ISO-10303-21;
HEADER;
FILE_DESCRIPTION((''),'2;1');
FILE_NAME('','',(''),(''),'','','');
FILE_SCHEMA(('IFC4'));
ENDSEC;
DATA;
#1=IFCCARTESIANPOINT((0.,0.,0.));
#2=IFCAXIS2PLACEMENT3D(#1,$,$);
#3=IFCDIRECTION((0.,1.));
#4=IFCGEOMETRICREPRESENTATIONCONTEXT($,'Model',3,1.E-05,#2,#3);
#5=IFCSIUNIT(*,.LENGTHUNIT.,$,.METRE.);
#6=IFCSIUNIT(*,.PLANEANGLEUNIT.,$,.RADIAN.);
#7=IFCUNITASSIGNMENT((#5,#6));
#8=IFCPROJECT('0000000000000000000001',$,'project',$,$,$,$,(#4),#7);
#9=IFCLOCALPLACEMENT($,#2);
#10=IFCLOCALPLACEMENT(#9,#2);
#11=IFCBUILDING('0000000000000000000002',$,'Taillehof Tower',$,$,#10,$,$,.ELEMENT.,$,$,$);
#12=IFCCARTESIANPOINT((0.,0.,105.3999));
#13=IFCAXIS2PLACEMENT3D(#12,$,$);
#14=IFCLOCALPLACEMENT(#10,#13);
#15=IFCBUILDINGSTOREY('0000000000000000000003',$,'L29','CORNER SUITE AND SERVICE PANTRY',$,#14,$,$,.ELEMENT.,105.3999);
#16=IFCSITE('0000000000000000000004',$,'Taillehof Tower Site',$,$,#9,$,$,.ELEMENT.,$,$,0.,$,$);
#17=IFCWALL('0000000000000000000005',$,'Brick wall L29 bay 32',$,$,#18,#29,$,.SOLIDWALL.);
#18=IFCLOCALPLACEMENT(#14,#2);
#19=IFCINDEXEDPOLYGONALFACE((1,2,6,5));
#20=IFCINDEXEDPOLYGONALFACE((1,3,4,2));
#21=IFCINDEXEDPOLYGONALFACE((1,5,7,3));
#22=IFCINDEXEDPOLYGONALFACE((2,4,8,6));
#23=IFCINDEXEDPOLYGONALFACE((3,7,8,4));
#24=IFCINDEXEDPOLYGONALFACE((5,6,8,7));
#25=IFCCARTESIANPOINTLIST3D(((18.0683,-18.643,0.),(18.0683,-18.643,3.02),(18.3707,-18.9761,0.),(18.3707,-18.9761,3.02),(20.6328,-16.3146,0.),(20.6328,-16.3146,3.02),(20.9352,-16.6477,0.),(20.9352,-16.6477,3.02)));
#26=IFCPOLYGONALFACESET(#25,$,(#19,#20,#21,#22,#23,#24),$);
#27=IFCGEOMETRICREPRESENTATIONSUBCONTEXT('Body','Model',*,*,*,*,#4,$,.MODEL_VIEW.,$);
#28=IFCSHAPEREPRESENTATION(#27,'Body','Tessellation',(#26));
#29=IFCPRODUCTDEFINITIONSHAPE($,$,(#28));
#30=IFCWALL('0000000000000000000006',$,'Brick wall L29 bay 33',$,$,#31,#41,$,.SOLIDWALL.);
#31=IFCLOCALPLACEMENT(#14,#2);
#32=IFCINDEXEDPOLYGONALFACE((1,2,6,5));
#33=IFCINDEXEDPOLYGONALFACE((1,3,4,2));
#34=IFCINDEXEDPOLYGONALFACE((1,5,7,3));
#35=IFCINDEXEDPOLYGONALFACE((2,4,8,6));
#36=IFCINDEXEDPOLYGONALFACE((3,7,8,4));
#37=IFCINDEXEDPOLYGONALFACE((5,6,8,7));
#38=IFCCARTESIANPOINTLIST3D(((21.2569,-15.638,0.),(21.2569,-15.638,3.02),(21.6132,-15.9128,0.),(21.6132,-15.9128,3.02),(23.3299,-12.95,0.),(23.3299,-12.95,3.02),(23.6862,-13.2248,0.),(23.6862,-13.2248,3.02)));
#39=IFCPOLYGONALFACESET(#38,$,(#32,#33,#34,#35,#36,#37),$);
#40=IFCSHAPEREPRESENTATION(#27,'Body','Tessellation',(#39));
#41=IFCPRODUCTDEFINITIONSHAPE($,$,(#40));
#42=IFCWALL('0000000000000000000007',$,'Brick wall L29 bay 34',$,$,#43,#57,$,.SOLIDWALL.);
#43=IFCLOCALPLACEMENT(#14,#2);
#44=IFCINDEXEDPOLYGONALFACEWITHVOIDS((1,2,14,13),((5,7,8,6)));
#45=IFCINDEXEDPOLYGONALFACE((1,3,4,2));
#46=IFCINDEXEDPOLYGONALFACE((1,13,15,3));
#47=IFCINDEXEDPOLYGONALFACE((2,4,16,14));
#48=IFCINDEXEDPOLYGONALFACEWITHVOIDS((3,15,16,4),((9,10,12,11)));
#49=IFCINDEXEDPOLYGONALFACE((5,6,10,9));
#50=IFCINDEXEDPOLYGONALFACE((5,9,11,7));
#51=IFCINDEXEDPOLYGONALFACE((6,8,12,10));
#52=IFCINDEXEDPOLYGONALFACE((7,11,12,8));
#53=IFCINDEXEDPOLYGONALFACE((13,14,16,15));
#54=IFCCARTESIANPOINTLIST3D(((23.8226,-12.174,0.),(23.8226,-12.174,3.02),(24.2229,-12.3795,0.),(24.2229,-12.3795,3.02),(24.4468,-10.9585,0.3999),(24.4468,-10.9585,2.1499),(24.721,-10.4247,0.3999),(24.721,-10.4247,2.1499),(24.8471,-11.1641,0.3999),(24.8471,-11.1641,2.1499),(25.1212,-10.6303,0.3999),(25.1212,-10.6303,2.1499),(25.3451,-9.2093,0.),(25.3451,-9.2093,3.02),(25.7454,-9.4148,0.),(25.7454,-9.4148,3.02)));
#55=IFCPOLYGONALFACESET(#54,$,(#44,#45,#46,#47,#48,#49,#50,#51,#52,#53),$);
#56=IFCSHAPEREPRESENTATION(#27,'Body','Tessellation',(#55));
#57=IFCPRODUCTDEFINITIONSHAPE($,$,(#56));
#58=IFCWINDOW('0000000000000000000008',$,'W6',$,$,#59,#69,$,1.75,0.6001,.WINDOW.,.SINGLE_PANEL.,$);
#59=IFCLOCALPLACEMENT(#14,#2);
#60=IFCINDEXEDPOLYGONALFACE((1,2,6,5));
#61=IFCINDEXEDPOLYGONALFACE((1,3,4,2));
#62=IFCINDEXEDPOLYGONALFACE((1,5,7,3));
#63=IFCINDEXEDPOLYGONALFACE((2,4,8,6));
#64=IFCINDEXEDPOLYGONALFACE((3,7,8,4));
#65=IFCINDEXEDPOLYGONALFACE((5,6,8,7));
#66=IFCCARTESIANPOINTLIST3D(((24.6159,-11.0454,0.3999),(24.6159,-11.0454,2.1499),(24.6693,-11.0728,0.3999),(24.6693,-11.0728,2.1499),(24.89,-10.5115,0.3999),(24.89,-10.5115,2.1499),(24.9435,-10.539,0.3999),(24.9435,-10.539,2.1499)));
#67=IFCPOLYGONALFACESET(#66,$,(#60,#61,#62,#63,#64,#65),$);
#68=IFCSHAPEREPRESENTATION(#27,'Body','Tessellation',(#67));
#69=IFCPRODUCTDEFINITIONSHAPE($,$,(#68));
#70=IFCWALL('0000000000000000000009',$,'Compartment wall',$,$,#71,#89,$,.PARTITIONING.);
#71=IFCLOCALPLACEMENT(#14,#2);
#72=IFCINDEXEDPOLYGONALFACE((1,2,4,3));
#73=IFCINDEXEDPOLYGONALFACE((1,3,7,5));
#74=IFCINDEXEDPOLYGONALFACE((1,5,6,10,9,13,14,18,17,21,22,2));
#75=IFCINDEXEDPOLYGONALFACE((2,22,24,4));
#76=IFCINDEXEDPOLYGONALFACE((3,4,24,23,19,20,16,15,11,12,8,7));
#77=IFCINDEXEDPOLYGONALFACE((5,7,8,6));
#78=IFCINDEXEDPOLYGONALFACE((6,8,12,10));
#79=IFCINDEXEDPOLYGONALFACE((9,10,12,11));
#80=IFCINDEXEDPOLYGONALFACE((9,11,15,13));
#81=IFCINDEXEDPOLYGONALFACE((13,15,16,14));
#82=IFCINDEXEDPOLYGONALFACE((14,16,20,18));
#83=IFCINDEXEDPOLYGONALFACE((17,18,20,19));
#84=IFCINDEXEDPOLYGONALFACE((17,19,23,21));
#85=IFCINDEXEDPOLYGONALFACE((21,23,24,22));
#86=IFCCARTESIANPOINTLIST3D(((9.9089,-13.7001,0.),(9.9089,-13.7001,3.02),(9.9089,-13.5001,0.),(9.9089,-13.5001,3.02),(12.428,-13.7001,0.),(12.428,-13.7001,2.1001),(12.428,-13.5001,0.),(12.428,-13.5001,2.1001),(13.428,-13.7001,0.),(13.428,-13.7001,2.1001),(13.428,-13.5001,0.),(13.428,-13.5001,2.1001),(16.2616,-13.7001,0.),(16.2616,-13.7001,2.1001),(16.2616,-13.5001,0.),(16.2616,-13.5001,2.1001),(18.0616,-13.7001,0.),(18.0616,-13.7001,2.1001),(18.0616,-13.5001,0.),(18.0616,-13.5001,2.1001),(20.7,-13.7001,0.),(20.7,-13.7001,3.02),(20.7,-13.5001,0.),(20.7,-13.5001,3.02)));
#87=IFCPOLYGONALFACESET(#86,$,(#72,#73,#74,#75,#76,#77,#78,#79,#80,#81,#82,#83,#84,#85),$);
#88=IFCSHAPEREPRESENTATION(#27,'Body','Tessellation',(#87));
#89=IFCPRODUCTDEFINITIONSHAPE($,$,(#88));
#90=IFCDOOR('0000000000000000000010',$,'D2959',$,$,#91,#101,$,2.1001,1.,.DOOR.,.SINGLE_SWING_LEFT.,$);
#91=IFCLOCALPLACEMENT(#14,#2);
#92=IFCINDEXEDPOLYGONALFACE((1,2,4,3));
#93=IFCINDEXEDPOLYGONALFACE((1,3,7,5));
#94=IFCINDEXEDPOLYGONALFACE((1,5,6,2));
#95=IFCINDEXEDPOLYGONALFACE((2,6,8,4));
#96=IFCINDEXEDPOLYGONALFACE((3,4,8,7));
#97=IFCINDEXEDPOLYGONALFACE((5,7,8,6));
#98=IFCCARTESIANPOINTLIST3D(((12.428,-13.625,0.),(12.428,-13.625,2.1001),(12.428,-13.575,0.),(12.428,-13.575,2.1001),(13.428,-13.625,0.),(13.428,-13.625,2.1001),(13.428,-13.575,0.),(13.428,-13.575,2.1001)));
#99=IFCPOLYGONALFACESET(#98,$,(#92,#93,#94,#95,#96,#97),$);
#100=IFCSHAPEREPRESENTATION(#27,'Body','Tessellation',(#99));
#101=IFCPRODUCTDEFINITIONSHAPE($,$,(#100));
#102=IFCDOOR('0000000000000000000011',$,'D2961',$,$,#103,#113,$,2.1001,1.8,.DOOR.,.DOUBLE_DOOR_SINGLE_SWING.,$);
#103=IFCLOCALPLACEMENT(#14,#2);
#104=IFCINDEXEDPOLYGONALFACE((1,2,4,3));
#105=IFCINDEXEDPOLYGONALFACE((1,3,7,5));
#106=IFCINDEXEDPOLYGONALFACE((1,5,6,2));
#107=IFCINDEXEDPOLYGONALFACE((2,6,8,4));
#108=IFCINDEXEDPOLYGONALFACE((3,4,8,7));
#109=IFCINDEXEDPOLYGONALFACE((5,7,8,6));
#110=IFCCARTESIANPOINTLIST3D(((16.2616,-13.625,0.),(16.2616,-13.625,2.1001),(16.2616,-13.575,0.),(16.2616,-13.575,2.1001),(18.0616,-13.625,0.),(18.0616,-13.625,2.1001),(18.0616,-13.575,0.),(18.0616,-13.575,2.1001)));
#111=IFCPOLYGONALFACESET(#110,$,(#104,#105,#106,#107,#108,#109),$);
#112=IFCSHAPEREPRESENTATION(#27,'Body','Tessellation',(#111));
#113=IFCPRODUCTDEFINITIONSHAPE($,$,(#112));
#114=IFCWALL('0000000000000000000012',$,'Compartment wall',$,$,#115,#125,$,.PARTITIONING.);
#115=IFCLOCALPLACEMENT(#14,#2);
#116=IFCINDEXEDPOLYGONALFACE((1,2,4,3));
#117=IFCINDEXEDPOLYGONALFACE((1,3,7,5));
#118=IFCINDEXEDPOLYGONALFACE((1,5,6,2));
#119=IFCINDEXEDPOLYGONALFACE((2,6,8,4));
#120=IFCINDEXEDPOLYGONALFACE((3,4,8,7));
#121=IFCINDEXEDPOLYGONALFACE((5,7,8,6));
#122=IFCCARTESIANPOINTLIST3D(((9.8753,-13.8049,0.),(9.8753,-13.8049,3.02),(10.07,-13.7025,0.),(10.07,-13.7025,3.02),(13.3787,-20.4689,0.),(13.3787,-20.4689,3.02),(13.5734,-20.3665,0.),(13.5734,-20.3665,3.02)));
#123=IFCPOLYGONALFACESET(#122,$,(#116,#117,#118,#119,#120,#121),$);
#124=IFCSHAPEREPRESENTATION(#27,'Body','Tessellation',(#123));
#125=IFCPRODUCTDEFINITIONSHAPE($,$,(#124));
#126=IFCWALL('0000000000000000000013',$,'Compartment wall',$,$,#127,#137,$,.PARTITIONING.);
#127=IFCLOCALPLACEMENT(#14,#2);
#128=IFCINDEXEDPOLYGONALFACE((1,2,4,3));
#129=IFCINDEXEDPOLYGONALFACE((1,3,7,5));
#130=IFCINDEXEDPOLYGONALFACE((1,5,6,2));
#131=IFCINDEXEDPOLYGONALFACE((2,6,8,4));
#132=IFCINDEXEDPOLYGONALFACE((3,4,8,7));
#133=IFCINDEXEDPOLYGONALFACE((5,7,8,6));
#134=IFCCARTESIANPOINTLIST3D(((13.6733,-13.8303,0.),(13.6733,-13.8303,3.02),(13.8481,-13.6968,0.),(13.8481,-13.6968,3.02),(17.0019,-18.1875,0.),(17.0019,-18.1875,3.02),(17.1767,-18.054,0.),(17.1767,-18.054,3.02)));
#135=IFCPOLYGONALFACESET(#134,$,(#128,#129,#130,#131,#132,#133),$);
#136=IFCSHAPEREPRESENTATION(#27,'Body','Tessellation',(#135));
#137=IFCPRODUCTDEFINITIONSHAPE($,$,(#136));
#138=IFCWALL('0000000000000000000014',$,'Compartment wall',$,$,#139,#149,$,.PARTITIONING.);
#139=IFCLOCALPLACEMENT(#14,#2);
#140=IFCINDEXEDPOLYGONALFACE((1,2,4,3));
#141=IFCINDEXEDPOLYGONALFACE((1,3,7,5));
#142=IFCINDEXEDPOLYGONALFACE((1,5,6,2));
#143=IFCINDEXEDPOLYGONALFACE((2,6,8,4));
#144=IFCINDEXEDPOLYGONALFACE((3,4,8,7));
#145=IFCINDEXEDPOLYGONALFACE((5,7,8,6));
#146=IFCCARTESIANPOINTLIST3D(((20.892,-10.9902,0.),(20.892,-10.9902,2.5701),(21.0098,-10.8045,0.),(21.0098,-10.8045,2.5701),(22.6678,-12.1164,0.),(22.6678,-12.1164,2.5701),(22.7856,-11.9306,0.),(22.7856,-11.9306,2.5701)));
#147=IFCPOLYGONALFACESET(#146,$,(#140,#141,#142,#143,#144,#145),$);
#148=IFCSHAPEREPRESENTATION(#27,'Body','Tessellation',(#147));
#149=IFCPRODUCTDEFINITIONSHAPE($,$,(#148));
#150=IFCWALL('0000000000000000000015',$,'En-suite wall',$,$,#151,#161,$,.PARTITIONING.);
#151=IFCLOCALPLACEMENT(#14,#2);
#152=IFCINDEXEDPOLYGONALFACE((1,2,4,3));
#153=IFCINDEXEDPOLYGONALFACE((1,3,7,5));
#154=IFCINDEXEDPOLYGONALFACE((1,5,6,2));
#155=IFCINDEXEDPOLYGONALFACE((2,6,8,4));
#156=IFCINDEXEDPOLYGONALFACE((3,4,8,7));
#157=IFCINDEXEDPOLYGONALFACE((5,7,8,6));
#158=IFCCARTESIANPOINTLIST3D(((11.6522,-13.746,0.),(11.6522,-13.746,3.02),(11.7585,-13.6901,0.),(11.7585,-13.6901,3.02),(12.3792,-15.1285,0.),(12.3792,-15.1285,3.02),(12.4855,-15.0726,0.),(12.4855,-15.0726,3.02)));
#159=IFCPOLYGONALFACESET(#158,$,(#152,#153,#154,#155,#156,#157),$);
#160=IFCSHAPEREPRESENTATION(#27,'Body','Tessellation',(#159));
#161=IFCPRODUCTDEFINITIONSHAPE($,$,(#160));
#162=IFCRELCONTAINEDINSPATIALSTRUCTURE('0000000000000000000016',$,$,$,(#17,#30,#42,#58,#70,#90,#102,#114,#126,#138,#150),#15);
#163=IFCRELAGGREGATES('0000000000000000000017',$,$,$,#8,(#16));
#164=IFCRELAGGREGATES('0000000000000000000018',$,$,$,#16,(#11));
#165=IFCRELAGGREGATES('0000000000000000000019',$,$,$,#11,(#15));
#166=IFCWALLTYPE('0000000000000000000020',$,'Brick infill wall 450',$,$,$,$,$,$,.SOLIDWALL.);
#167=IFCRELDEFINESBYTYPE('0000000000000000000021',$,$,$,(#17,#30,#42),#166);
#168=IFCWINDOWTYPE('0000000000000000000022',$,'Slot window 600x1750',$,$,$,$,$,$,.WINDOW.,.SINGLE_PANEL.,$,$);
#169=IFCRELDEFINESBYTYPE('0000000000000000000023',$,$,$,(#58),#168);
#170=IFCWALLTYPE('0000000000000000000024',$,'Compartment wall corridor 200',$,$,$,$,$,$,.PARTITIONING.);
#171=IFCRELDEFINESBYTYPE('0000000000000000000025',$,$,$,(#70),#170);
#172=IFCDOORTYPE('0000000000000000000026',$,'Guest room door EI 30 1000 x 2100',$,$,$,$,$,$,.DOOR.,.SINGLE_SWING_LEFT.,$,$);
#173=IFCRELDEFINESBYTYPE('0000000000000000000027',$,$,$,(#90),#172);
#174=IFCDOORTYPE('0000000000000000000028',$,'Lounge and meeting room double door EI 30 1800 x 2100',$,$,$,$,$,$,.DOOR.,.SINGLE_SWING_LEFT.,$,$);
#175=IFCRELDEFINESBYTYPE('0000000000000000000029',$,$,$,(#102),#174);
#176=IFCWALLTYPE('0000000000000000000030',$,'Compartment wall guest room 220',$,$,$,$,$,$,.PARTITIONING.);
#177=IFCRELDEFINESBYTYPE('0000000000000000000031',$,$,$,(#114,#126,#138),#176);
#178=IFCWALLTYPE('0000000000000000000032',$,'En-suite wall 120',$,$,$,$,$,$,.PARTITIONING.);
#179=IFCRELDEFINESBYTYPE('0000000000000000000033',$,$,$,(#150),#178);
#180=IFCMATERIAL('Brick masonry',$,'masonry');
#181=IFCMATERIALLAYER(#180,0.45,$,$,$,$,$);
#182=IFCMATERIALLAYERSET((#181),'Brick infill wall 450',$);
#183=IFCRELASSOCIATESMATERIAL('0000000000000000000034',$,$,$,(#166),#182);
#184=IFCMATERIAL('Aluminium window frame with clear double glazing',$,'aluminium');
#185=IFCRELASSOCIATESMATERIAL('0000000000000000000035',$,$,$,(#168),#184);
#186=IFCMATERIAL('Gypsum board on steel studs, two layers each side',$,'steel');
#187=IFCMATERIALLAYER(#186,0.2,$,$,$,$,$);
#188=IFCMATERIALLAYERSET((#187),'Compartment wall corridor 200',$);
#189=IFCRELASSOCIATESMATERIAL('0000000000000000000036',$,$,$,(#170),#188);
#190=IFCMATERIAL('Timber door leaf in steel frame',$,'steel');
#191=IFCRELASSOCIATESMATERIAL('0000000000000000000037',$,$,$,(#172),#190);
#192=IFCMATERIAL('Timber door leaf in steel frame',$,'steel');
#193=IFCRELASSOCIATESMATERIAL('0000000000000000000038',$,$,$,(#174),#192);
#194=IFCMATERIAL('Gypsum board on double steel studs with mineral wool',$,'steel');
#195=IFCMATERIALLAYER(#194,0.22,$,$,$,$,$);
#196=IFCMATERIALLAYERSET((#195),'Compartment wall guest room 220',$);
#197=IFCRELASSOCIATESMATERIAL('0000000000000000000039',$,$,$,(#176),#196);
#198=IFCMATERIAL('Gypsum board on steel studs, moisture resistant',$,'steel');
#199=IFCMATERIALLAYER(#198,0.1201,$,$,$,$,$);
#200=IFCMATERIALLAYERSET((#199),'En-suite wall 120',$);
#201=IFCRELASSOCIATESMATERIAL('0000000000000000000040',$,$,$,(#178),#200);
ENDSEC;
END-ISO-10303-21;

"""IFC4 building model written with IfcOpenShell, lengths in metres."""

from ifc_helpers import new_model, si_unit, direction, frame, frame_2d, origin, place, context, subcontext, project, spatial, rectangle, extrude, material, layer, layer_set, type_object, element, fill, save


model = new_model("IFC4")

# Units and contexts
model_context = context("Model", 3, precision=1e-05, world=origin(), true_north=direction((0.0, 1.0)))
body_context = subcontext(model_context, "Body", "Model", "MODEL_VIEW")
ifc_project = project(units=[si_unit("LENGTHUNIT", "METRE"), si_unit("PLANEANGLEUNIT", "RADIAN")], contexts=[model_context])

# Site, building, storey
site_placement = place(None, origin())
site = spatial("IfcSite", under=ifc_project, at=site_placement, Name="Taillehof Tower Site", CompositionType="ELEMENT", RefElevation=0.0)
building_placement = place(site_placement, origin())
building = spatial("IfcBuilding", under=site, at=building_placement, Name="Taillehof Tower", CompositionType="ELEMENT")
storey_placement = place(building_placement, frame((0.0, 0.0, 105.3999)))
storey = spatial("IfcBuildingStorey", under=building, at=storey_placement, Name="L29", Description="CORNER SUITE AND SERVICE PANTRY", CompositionType="ELEMENT", Elevation=105.3999)

# Shared definitions
ifc_material_1 = material(Name="Brick masonry", Category="masonry")
ifc_layer_1 = layer(ifc_material_1, 0.45)
ifc_layer_set_1 = layer_set([ifc_layer_1], Name="Brick infill wall 450")
wall_type_1 = type_object("IfcWallType", Name="Brick infill wall 450", PredefinedType="SOLIDWALL", material=ifc_layer_set_1)

# Walls
wall_1_placement = place(storey_placement, frame((18.2195, -18.8096, 0.0), z_axis=(0.0, 0.0, 1.0), x_axis=(0.740364, 0.672206, 0.0)))
element("IfcWall", 1, at=wall_1_placement, inside=storey, type_object=wall_type_1, Name="Brick wall L29 bay 32", PredefinedType="SOLIDWALL", context=body_context, shape_type="SweptSolid", body=[
    extrude(rectangle(XDim=3.4639, YDim=0.45, at=frame_2d((1.7319, 0.0))), origin(), (0.0, 0.0, 1.0), 3.02),
])
wall_2_placement = place(storey_placement, frame((21.4351, -15.7754, 0.0), z_axis=(0.0, 0.0, 1.0), x_axis=(0.610694, 0.791867, 0.0)))
element("IfcWall", 2, at=wall_2_placement, inside=storey, type_object=wall_type_1, Name="Brick wall L29 bay 33", PredefinedType="SOLIDWALL", context=body_context, shape_type="SweptSolid", body=[
    extrude(rectangle(XDim=3.3945, YDim=0.45, at=frame_2d((1.6973, 0.0))), origin(), (0.0, 0.0, 1.0), 3.02),
])

# Wall, opening, window
wall_3_placement = place(storey_placement, frame((24.0227, -12.2769, 0.0), z_axis=(0.0, 0.0, 1.0), x_axis=(0.456828, 0.889555, 0.0)))
wall_3 = element("IfcWall", 3, at=wall_3_placement, inside=storey, type_object=wall_type_1, Name="Brick wall L29 bay 34", PredefinedType="SOLIDWALL", context=body_context, shape_type="SweptSolid", body=[
    extrude(rectangle(XDim=3.3328, YDim=0.45, at=frame_2d((1.6665, 0.0))), origin(), (0.0, 0.0, 1.0), 3.02),
])
opening_1_placement = place(wall_3_placement, frame((1.3665, 0.0, 0.3999)))
opening_1 = element("IfcOpeningElement", 4, at=opening_1_placement, cuts=wall_3, PredefinedType="OPENING", context=body_context, shape_type="SweptSolid", body=[
    extrude(rectangle(XDim=0.6001, YDim=1.75, at=frame_2d((0.3, 0.875))), frame((0.0, 0.2349, 0.0), z_axis=(0.0, -1.0, 0.0), x_axis=(1.0, 0.0, 0.0)), (0.0, 0.0, 1.0), 0.47),
])
ifc_material_2 = material(Name="Aluminium window frame with clear double glazing", Category="aluminium")
window_type_1 = type_object("IfcWindowType", Name="Slot window 600x1750", PartitioningType="SINGLE_PANEL", PredefinedType="WINDOW", material=ifc_material_2)
window_1_placement = place(opening_1_placement, origin())
window_1 = element("IfcWindow", 5, at=window_1_placement, inside=storey, type_object=window_type_1, Name="W6", OverallHeight=1.75, OverallWidth=0.6001, PartitioningType="SINGLE_PANEL", PredefinedType="WINDOW", context=body_context, shape_type="SweptSolid", body=[
    extrude(rectangle(XDim=0.6001, YDim=1.75, at=frame_2d((0.3, 0.875))), frame((0.0, 0.0349, 0.0), z_axis=(0.0, -1.0, 0.0), x_axis=(1.0, 0.0, 0.0)), (0.0, 0.0, 1.0), 0.0601),
])
fill(opening_1, window_1)

# Wall, openings, doors
ifc_material_3 = material(Name="Gypsum board on steel studs, two layers each side", Category="steel")
ifc_layer_2 = layer(ifc_material_3, 0.2)
ifc_layer_set_2 = layer_set([ifc_layer_2], Name="Compartment wall corridor 200")
wall_type_2 = type_object("IfcWallType", Name="Compartment wall corridor 200", PredefinedType="PARTITIONING", material=ifc_layer_set_2)
wall_4_placement = place(storey_placement, frame((20.7, -13.6001, 0.0), z_axis=(0.0, 0.0, 1.0), x_axis=(-1.0, 0.0, 0.0)))
wall_4 = element("IfcWall", 6, at=wall_4_placement, inside=storey, type_object=wall_type_2, Name="Compartment wall", PredefinedType="PARTITIONING", context=body_context, shape_type="SweptSolid", body=[
    extrude(rectangle(XDim=10.791, YDim=0.2, at=frame_2d((5.3955, 0.0))), origin(), (0.0, 0.0, 1.0), 3.02),
])
opening_2_placement = place(wall_4_placement, frame((7.272, 0.0, 0.0)))
opening_2 = element("IfcOpeningElement", 7, at=opening_2_placement, cuts=wall_4, PredefinedType="OPENING", context=body_context, shape_type="SweptSolid", body=[
    extrude(rectangle(XDim=1.0, YDim=2.1001, at=frame_2d((0.5, 1.05))), frame((0.0, 0.1099, 0.0), z_axis=(0.0, -1.0, 0.0), x_axis=(1.0, 0.0, 0.0)), (0.0, 0.0, 1.0), 0.22),
])
opening_3_placement = place(wall_4_placement, frame((2.6384, 0.0, 0.0)))
opening_3 = element("IfcOpeningElement", 8, at=opening_3_placement, cuts=wall_4, PredefinedType="OPENING", context=body_context, shape_type="SweptSolid", body=[
    extrude(rectangle(XDim=1.8, YDim=2.1001, at=frame_2d((0.8999, 1.05))), frame((0.0, 0.1099, 0.0), z_axis=(0.0, -1.0, 0.0), x_axis=(1.0, 0.0, 0.0)), (0.0, 0.0, 1.0), 0.22),
])
ifc_material_4 = material(Name="Timber door leaf in steel frame", Category="steel")
door_type_1 = type_object("IfcDoorType", Name="Guest room door EI 30 1000 x 2100", OperationType="SINGLE_SWING_LEFT", PredefinedType="DOOR", material=ifc_material_4)
door_1_placement = place(opening_2_placement, origin())
door_1 = element("IfcDoor", 9, at=door_1_placement, inside=storey, type_object=door_type_1, Name="D2959", OperationType="SINGLE_SWING_LEFT", OverallHeight=2.1001, OverallWidth=1.0, PredefinedType="DOOR", context=body_context, shape_type="SweptSolid", body=[
    extrude(rectangle(XDim=1.0, YDim=2.1001, at=frame_2d((0.5, 1.05))), frame((0.0, 0.0249, 0.0), z_axis=(0.0, -1.0, 0.0), x_axis=(1.0, 0.0, 0.0)), (0.0, 0.0, 1.0), 0.05),
])
fill(opening_2, door_1)
ifc_material_5 = material(Name="Timber door leaf in steel frame", Category="steel")
door_type_2 = type_object("IfcDoorType", Name="Lounge and meeting room double door EI 30 1800 x 2100", OperationType="SINGLE_SWING_LEFT", PredefinedType="DOOR", material=ifc_material_5)
door_2_placement = place(opening_3_placement, origin())
door_2 = element("IfcDoor", 10, at=door_2_placement, inside=storey, type_object=door_type_2, Name="D2961", OperationType="DOUBLE_DOOR_SINGLE_SWING", OverallHeight=2.1001, OverallWidth=1.8, PredefinedType="DOOR", context=body_context, shape_type="SweptSolid", body=[
    extrude(rectangle(XDim=1.8, YDim=2.1001, at=frame_2d((0.8999, 1.05))), frame((0.0, 0.0249, 0.0), z_axis=(0.0, -1.0, 0.0), x_axis=(1.0, 0.0, 0.0)), (0.0, 0.0, 1.0), 0.05),
])
fill(opening_3, door_2)

# Walls
ifc_material_6 = material(Name="Gypsum board on double steel studs with mineral wool", Category="steel")
ifc_layer_3 = layer(ifc_material_6, 0.22)
ifc_layer_set_3 = layer_set([ifc_layer_3], Name="Compartment wall guest room 220")
wall_type_3 = type_object("IfcWallType", Name="Compartment wall guest room 220", PredefinedType="PARTITIONING", material=ifc_layer_set_3)
wall_5_placement = place(storey_placement, frame((13.4761, -20.4177, 0.0), z_axis=(0.0, 0.0, 1.0), x_axis=(-0.465332, 0.885136, 0.0)))
element("IfcWall", 11, at=wall_5_placement, inside=storey, type_object=wall_type_3, Name="Compartment wall", PredefinedType="PARTITIONING", context=body_context, shape_type="SweptSolid", body=[
    extrude(rectangle(XDim=7.5288, YDim=0.22, at=frame_2d((3.7644, 0.0))), origin(), (0.0, 0.0, 1.0), 3.02),
])
wall_6_placement = place(storey_placement, frame((17.0894, -18.1208, 0.0), z_axis=(0.0, 0.0, 1.0), x_axis=(-0.607065, 0.794652, 0.0)))
element("IfcWall", 12, at=wall_6_placement, inside=storey, type_object=wall_type_3, Name="Compartment wall", PredefinedType="PARTITIONING", context=body_context, shape_type="SweptSolid", body=[
    extrude(rectangle(XDim=5.4832, YDim=0.22, at=frame_2d((2.7417, 0.0))), origin(), (0.0, 0.0, 1.0), 3.02),
])
wall_7_placement = place(storey_placement, frame((22.7266, -12.0234, 0.0), z_axis=(0.0, 0.0, 1.0), x_axis=(-0.844497, 0.53556, 0.0)))
element("IfcWall", 13, at=wall_7_placement, inside=storey, type_object=wall_type_3, Name="Compartment wall", PredefinedType="PARTITIONING", context=body_context, shape_type="SweptSolid", body=[
    extrude(rectangle(XDim=2.1028, YDim=0.22, at=frame_2d((1.0513, 0.0))), origin(), (0.0, 0.0, 1.0), 2.5701),
])
ifc_material_7 = material(Name="Gypsum board on steel studs, moisture resistant", Category="steel")
ifc_layer_4 = layer(ifc_material_7, 0.1201)
ifc_layer_set_4 = layer_set([ifc_layer_4], Name="En-suite wall 120")
wall_type_4 = type_object("IfcWallType", Name="En-suite wall 120", PredefinedType="PARTITIONING", material=ifc_layer_set_4)
wall_8_placement = place(storey_placement, frame((11.7053, -13.718, 0.0), z_axis=(0.0, 0.0, 1.0), x_axis=(0.465437, -0.885081, 0.0)))
element("IfcWall", 14, at=wall_8_placement, inside=storey, type_object=wall_type_4, Name="En-suite wall", PredefinedType="PARTITIONING", context=body_context, shape_type="SweptSolid", body=[
    extrude(rectangle(XDim=1.562, YDim=0.1201, at=frame_2d((0.781, 0.0))), origin(), (0.0, 0.0, 1.0), 3.02),
])

save(model, "model.ifc")
